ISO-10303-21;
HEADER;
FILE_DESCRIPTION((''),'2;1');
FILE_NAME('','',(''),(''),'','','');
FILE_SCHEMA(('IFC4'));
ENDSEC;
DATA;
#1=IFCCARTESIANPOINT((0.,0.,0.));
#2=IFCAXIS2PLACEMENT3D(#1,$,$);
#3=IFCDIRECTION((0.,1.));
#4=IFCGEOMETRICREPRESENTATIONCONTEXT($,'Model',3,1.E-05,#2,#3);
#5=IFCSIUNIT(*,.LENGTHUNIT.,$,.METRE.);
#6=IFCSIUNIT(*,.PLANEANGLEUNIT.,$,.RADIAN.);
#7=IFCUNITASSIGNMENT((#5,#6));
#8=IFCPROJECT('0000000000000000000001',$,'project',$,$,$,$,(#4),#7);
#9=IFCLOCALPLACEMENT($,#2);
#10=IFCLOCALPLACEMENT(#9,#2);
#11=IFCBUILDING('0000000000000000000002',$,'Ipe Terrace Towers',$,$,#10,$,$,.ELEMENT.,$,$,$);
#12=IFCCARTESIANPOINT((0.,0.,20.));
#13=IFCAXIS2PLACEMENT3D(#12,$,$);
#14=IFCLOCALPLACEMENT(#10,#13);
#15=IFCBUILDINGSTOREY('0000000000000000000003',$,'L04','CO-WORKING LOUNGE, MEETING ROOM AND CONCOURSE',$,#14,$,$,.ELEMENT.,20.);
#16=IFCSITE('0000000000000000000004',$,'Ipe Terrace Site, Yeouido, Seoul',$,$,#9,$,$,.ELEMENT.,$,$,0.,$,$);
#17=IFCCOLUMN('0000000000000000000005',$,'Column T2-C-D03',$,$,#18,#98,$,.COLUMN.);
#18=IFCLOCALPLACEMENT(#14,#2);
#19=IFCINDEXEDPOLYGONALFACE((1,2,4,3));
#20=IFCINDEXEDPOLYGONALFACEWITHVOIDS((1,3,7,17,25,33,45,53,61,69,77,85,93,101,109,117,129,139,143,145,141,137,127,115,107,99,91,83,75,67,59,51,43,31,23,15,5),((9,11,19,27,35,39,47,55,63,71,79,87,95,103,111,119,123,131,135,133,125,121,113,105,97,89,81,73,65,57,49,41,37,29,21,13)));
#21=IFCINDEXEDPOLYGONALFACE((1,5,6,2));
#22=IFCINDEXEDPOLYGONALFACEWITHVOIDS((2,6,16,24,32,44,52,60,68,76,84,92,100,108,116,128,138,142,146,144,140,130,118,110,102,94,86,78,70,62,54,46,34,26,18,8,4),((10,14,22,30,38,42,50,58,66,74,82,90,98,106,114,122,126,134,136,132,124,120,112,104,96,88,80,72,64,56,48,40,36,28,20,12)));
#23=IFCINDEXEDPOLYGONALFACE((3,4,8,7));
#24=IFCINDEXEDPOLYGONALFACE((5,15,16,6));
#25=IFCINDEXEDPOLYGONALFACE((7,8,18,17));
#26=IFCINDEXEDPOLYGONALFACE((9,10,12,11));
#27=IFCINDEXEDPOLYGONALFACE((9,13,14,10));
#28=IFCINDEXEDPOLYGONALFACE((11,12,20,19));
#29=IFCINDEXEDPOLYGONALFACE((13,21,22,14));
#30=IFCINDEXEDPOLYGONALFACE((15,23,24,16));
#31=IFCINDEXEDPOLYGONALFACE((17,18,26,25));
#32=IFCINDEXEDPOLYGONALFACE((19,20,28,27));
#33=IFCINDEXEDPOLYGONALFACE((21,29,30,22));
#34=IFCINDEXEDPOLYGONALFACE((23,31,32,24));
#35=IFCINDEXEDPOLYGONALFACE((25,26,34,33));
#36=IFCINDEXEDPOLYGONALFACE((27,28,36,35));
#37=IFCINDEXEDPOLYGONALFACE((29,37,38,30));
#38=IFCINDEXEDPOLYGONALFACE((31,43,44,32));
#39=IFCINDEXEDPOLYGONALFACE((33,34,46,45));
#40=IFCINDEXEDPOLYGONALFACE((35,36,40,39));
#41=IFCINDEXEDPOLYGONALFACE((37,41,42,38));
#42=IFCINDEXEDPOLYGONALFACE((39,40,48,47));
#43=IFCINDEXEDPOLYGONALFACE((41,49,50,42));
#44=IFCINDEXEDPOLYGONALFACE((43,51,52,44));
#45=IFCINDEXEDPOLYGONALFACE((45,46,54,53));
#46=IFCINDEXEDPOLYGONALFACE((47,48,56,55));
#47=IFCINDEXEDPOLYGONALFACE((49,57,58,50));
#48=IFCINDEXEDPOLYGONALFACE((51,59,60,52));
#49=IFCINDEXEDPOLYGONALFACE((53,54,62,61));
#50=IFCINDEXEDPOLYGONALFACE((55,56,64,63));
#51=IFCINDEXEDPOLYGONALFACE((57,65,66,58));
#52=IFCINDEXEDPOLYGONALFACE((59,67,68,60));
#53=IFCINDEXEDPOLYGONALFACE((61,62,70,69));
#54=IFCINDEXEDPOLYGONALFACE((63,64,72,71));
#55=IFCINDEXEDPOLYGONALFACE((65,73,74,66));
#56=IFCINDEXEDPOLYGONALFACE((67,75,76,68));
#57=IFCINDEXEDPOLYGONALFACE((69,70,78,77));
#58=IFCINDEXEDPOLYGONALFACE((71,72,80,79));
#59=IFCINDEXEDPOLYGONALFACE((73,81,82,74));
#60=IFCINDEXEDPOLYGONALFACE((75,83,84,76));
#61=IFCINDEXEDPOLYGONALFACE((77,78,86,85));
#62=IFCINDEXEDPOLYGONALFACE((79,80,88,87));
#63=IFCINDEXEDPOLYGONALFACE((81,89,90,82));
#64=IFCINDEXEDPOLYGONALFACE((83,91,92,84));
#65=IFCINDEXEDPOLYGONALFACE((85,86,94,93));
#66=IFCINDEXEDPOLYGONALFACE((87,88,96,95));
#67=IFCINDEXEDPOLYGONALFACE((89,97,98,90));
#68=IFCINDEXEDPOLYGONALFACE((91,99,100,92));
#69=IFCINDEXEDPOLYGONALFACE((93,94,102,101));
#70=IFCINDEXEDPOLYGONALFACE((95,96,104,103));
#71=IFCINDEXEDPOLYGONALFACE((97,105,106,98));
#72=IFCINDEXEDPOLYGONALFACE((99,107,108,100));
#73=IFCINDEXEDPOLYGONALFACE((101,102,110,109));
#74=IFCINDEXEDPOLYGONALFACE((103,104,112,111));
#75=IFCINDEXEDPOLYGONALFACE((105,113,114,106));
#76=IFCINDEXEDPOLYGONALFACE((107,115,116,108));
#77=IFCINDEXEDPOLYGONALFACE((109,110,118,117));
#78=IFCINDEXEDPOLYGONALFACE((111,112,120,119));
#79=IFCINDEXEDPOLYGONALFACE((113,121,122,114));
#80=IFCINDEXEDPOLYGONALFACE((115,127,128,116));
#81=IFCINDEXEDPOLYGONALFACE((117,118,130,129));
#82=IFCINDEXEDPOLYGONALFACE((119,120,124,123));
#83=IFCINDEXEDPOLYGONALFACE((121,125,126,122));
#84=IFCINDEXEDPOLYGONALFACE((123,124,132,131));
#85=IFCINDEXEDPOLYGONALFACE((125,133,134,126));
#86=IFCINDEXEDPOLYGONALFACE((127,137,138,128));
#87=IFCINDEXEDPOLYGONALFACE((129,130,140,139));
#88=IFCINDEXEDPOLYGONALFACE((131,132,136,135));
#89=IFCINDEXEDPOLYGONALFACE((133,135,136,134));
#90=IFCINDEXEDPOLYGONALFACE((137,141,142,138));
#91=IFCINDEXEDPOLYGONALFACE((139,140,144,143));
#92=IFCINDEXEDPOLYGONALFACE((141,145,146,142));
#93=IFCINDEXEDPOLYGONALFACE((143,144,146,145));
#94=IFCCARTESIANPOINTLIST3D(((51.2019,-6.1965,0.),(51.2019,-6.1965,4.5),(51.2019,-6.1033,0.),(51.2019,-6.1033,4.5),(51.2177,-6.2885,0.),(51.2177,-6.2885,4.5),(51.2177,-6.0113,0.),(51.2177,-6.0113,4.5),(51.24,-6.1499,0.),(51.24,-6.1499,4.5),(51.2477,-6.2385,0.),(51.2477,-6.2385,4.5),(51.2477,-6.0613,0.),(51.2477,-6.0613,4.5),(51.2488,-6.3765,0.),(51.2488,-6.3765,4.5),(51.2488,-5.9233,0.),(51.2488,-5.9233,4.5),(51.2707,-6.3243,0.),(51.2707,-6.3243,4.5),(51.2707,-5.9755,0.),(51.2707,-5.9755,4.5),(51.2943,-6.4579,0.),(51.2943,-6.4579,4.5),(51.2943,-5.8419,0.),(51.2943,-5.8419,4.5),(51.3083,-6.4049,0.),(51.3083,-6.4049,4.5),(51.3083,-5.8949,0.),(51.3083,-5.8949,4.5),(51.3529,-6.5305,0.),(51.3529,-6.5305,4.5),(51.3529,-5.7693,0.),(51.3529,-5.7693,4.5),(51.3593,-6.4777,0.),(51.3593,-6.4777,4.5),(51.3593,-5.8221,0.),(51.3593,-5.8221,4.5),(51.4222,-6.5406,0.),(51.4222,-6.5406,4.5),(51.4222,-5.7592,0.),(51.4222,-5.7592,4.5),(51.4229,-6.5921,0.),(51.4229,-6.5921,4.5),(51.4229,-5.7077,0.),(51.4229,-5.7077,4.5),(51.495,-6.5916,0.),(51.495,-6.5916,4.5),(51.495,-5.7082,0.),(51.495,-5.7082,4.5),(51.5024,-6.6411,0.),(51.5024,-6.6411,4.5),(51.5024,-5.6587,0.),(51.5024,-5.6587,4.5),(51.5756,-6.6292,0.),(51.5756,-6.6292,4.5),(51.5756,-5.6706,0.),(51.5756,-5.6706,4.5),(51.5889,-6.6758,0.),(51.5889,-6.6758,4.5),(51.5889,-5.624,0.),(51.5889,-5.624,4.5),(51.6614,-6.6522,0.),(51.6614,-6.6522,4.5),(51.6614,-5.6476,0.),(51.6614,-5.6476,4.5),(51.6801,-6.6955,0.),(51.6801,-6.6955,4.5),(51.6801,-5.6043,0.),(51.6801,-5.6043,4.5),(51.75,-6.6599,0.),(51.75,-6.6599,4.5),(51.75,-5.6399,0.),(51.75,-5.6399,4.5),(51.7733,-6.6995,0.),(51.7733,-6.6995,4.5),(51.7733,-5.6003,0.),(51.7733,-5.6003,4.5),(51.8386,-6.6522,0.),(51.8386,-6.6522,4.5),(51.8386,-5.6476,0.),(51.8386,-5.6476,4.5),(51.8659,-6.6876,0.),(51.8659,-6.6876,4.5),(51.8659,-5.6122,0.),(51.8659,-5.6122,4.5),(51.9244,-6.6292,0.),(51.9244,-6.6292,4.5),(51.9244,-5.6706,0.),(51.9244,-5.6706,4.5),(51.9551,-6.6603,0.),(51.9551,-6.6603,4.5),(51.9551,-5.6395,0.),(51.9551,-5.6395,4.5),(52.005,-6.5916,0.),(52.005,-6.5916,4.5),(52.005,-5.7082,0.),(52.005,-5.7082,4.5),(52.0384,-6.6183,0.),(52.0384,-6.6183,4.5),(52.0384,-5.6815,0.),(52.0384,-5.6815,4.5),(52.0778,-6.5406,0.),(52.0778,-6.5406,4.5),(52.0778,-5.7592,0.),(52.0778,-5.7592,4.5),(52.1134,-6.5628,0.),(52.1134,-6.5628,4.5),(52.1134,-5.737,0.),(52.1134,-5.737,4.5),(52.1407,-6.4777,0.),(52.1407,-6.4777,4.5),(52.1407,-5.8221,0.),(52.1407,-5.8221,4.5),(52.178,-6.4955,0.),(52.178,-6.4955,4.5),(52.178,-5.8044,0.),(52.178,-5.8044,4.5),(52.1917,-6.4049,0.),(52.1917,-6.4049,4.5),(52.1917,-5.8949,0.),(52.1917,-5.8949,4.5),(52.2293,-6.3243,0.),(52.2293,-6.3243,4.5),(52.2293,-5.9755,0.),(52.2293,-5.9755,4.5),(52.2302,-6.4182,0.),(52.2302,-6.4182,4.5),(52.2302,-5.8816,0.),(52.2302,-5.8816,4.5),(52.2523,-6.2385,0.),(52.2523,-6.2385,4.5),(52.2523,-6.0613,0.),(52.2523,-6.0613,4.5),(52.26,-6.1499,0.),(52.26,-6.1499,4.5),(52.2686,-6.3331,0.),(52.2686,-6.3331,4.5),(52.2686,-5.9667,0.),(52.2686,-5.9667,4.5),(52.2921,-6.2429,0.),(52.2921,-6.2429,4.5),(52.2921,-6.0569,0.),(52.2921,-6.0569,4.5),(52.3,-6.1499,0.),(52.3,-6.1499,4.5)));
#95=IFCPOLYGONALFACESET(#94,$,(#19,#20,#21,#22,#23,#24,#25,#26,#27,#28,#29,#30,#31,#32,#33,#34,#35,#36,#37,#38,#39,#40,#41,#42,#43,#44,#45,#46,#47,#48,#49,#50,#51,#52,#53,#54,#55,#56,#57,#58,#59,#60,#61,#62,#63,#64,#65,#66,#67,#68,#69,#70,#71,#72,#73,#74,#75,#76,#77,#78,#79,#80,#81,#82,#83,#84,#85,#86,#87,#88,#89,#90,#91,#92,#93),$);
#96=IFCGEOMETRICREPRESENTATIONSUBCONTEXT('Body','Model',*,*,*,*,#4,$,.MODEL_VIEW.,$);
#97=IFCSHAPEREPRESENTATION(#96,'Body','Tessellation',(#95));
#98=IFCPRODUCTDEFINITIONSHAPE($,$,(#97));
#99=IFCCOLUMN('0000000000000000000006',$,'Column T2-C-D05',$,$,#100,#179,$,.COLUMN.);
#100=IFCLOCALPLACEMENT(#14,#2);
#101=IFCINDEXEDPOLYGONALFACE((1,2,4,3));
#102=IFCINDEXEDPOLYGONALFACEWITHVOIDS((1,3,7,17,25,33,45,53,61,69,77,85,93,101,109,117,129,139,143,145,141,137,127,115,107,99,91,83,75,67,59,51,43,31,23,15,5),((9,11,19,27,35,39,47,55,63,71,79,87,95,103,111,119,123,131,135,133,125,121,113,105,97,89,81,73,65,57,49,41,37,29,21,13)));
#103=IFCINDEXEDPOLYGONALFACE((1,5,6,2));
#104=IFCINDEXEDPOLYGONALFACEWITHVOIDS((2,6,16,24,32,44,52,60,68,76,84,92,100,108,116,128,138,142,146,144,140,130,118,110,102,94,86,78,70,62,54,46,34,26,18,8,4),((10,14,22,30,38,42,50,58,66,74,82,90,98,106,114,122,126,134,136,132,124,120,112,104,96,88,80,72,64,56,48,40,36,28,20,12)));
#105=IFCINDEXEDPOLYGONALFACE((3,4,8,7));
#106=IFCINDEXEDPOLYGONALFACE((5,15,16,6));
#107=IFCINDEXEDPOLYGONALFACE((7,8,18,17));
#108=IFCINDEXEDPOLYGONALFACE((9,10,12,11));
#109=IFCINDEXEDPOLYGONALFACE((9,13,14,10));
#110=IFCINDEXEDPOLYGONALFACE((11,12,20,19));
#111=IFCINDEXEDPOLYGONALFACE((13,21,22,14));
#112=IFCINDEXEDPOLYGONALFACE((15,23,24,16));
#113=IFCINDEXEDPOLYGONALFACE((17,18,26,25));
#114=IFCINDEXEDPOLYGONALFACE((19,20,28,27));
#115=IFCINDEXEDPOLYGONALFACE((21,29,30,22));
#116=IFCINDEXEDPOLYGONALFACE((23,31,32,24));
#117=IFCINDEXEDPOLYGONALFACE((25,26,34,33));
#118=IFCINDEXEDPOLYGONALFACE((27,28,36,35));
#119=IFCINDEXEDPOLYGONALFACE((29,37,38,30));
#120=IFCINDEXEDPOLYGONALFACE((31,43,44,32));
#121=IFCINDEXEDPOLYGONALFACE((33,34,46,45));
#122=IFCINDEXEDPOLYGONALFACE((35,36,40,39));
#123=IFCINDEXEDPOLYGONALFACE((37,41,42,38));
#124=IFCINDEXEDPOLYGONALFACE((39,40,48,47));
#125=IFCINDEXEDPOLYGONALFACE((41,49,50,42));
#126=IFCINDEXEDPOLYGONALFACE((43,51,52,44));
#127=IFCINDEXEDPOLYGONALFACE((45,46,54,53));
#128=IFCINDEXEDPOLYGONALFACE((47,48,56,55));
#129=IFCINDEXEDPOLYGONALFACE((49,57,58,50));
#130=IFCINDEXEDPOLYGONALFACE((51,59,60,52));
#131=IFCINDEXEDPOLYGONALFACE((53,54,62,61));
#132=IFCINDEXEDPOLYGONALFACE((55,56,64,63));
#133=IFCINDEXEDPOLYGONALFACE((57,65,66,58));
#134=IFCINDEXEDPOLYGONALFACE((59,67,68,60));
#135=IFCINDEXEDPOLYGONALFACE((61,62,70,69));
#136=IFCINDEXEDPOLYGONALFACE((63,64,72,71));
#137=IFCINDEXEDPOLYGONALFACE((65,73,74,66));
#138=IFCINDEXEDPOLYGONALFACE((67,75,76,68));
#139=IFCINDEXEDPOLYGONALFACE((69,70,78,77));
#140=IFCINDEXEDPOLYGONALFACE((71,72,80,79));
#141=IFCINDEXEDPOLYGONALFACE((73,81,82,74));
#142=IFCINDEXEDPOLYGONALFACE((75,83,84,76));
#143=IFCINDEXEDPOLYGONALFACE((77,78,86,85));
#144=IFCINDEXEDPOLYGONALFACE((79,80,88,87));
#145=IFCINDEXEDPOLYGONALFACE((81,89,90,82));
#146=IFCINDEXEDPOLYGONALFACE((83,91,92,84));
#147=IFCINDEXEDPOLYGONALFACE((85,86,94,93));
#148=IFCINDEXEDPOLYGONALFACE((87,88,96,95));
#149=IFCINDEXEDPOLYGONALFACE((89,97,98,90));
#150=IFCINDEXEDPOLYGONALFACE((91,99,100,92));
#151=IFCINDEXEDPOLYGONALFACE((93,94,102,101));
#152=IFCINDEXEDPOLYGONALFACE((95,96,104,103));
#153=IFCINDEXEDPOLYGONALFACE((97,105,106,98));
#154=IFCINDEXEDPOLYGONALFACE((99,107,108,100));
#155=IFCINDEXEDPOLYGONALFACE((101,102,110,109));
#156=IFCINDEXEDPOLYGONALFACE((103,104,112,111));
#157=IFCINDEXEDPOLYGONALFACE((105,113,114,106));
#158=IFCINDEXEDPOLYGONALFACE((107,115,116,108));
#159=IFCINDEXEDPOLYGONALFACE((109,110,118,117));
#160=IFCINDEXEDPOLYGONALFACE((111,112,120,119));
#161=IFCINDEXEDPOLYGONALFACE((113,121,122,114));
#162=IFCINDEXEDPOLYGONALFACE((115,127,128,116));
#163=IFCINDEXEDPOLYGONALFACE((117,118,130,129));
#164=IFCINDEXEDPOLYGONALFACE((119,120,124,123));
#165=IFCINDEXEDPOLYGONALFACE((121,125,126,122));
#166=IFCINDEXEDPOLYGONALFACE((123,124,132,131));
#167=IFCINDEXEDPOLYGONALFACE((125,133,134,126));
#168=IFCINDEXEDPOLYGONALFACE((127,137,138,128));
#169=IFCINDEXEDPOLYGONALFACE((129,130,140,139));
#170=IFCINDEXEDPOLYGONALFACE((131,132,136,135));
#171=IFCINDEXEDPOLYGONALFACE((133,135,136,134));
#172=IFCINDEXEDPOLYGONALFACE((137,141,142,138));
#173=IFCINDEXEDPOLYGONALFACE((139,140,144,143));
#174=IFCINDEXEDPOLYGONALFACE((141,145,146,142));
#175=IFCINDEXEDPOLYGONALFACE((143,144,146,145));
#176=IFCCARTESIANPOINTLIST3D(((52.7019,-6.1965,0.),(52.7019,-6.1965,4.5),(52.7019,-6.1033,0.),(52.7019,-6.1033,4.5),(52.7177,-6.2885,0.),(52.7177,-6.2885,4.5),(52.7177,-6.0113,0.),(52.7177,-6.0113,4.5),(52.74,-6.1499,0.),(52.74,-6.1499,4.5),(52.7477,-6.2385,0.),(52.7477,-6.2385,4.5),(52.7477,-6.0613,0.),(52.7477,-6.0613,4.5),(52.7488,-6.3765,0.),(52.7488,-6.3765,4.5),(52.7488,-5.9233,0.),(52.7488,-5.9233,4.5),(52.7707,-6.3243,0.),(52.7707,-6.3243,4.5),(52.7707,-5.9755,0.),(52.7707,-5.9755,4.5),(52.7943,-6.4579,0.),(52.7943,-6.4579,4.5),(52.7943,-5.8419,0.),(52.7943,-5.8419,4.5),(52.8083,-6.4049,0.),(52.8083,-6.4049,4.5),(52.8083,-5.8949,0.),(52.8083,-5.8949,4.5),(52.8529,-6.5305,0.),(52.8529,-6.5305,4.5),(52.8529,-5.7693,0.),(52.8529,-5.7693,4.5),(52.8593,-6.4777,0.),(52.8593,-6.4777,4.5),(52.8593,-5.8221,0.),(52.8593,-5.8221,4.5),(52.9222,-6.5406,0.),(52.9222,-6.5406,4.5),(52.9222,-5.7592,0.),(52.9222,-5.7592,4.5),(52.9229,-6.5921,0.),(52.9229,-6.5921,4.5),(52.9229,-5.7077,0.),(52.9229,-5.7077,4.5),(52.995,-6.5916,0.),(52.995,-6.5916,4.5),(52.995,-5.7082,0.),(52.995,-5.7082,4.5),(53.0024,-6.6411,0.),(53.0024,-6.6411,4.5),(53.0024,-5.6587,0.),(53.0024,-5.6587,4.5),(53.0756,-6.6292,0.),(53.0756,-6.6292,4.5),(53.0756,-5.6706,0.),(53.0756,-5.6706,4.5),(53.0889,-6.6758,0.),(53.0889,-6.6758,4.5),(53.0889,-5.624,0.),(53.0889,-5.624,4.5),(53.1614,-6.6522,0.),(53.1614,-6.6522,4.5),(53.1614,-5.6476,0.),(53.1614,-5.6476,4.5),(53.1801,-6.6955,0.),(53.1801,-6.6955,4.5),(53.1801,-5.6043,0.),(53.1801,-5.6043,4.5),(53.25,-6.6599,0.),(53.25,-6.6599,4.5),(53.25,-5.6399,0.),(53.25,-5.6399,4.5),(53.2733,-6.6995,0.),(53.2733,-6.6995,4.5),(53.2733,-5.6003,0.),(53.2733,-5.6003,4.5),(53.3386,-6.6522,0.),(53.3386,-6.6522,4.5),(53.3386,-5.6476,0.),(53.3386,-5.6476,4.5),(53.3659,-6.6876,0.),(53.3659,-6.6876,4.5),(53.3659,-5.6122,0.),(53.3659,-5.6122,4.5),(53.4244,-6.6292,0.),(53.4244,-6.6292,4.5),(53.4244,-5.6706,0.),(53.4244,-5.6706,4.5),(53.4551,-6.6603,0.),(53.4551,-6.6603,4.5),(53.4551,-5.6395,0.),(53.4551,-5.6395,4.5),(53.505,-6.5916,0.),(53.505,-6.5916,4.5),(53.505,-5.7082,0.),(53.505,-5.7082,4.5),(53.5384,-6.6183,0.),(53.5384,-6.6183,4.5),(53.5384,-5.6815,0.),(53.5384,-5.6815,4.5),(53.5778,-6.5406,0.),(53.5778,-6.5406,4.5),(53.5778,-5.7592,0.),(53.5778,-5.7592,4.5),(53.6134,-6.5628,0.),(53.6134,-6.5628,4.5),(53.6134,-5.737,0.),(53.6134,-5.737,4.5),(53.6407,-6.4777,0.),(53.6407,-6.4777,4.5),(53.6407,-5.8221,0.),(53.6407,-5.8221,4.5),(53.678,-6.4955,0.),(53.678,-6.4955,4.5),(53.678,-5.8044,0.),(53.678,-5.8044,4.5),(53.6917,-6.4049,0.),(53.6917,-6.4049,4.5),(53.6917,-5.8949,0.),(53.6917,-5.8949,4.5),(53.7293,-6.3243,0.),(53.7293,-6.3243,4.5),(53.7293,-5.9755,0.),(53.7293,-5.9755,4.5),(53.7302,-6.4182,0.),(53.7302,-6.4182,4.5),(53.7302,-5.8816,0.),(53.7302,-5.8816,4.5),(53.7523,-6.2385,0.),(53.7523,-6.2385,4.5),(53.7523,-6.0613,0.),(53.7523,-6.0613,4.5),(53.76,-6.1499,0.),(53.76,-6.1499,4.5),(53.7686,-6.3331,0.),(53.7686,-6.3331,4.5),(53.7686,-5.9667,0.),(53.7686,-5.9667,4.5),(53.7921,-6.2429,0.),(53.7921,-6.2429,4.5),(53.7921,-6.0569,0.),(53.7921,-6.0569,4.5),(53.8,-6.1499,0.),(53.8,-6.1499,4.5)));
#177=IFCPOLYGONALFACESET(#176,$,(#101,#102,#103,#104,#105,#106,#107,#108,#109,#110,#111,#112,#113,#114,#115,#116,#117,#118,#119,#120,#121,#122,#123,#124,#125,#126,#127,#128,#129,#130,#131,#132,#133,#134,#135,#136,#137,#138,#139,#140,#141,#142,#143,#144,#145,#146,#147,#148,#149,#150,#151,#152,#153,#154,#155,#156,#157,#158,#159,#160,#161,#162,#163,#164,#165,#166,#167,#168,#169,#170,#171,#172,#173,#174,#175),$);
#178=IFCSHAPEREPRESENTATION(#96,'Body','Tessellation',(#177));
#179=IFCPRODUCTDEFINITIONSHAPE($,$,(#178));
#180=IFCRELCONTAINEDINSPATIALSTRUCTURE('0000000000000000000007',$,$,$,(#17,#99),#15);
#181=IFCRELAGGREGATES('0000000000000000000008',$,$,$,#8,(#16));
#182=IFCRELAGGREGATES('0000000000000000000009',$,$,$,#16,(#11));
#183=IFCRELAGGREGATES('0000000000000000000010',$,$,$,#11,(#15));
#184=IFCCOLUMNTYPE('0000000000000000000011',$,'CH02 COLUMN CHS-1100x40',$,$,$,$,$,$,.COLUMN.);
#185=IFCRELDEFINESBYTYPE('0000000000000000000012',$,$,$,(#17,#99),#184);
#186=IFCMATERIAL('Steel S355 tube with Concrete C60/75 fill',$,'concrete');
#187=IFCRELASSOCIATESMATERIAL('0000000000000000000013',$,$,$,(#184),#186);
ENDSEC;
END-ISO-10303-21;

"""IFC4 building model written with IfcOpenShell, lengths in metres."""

from ifc_helpers import new_model, si_unit, direction, frame, origin, origin_2d, place, context, subcontext, project, spatial, hollow_circle, extrude, material, material_profile, profile_set, type_object, element, save


model = new_model("IFC4")

# Units and contexts
model_context = context("Model", 3, precision=1e-05, world=origin(), true_north=direction((0.0, 1.0)))
body_context = subcontext(model_context, "Body", "Model", "MODEL_VIEW")
ifc_project = project(units=[si_unit("LENGTHUNIT", "METRE"), si_unit("PLANEANGLEUNIT", "RADIAN")], contexts=[model_context])

# Site, building, storey
site_placement = place(None, origin())
site = spatial("IfcSite", under=ifc_project, at=site_placement, Name="Ipe Terrace Site, Yeouido, Seoul", CompositionType="ELEMENT", RefElevation=0.0)
building_placement = place(site_placement, origin())
building = spatial("IfcBuilding", under=site, at=building_placement, Name="Ipe Terrace Towers", CompositionType="ELEMENT")
storey_placement = place(building_placement, frame((0.0, 0.0, 20.0)))
storey = spatial("IfcBuildingStorey", under=building, at=storey_placement, Name="L04", Description="CO-WORKING LOUNGE, MEETING ROOM AND CONCOURSE", CompositionType="ELEMENT", Elevation=20.0)

# Columns
ifc_material_1 = material(Name="Steel S355 tube with Concrete C60/75 fill", Category="concrete")
ifc_material_profile_1 = material_profile(ifc_material_1, hollow_circle(Radius=0.55, WallThickness=0.04, at=origin_2d()), Name="CHS-1100x40")
ifc_profile_set_1 = profile_set([ifc_material_profile_1], Name="Steel S355 tube with Concrete C60/75 fill")
column_type_1 = type_object("IfcColumnType", Name="CH02 COLUMN CHS-1100x40", PredefinedType="COLUMN", material=ifc_profile_set_1)
for number, where, z_axis, x_axis, name in (
    (1, (51.75, -6.1499, 0.0), (0.0, 0.0, 1.0), (1.0, 0.0, 0.0), "Column T2-C-D03"),
    (2, (53.25, -6.1499, 0.0), (0.0, 0.0, 1.0), (1.0, 0.0, 0.0), "Column T2-C-D05"),
):
    element("IfcColumn", number, at=place(storey_placement, frame(where, z_axis=z_axis, x_axis=x_axis)), inside=storey, type_object=column_type_1, Name=name, PredefinedType="COLUMN", context=body_context, shape_type="SweptSolid", body=[
        extrude(hollow_circle(Radius=0.55, WallThickness=0.04, at=origin_2d()), origin(), (0.0, 0.0, 1.0), 4.5),
    ])

save(model, "model.ifc")
